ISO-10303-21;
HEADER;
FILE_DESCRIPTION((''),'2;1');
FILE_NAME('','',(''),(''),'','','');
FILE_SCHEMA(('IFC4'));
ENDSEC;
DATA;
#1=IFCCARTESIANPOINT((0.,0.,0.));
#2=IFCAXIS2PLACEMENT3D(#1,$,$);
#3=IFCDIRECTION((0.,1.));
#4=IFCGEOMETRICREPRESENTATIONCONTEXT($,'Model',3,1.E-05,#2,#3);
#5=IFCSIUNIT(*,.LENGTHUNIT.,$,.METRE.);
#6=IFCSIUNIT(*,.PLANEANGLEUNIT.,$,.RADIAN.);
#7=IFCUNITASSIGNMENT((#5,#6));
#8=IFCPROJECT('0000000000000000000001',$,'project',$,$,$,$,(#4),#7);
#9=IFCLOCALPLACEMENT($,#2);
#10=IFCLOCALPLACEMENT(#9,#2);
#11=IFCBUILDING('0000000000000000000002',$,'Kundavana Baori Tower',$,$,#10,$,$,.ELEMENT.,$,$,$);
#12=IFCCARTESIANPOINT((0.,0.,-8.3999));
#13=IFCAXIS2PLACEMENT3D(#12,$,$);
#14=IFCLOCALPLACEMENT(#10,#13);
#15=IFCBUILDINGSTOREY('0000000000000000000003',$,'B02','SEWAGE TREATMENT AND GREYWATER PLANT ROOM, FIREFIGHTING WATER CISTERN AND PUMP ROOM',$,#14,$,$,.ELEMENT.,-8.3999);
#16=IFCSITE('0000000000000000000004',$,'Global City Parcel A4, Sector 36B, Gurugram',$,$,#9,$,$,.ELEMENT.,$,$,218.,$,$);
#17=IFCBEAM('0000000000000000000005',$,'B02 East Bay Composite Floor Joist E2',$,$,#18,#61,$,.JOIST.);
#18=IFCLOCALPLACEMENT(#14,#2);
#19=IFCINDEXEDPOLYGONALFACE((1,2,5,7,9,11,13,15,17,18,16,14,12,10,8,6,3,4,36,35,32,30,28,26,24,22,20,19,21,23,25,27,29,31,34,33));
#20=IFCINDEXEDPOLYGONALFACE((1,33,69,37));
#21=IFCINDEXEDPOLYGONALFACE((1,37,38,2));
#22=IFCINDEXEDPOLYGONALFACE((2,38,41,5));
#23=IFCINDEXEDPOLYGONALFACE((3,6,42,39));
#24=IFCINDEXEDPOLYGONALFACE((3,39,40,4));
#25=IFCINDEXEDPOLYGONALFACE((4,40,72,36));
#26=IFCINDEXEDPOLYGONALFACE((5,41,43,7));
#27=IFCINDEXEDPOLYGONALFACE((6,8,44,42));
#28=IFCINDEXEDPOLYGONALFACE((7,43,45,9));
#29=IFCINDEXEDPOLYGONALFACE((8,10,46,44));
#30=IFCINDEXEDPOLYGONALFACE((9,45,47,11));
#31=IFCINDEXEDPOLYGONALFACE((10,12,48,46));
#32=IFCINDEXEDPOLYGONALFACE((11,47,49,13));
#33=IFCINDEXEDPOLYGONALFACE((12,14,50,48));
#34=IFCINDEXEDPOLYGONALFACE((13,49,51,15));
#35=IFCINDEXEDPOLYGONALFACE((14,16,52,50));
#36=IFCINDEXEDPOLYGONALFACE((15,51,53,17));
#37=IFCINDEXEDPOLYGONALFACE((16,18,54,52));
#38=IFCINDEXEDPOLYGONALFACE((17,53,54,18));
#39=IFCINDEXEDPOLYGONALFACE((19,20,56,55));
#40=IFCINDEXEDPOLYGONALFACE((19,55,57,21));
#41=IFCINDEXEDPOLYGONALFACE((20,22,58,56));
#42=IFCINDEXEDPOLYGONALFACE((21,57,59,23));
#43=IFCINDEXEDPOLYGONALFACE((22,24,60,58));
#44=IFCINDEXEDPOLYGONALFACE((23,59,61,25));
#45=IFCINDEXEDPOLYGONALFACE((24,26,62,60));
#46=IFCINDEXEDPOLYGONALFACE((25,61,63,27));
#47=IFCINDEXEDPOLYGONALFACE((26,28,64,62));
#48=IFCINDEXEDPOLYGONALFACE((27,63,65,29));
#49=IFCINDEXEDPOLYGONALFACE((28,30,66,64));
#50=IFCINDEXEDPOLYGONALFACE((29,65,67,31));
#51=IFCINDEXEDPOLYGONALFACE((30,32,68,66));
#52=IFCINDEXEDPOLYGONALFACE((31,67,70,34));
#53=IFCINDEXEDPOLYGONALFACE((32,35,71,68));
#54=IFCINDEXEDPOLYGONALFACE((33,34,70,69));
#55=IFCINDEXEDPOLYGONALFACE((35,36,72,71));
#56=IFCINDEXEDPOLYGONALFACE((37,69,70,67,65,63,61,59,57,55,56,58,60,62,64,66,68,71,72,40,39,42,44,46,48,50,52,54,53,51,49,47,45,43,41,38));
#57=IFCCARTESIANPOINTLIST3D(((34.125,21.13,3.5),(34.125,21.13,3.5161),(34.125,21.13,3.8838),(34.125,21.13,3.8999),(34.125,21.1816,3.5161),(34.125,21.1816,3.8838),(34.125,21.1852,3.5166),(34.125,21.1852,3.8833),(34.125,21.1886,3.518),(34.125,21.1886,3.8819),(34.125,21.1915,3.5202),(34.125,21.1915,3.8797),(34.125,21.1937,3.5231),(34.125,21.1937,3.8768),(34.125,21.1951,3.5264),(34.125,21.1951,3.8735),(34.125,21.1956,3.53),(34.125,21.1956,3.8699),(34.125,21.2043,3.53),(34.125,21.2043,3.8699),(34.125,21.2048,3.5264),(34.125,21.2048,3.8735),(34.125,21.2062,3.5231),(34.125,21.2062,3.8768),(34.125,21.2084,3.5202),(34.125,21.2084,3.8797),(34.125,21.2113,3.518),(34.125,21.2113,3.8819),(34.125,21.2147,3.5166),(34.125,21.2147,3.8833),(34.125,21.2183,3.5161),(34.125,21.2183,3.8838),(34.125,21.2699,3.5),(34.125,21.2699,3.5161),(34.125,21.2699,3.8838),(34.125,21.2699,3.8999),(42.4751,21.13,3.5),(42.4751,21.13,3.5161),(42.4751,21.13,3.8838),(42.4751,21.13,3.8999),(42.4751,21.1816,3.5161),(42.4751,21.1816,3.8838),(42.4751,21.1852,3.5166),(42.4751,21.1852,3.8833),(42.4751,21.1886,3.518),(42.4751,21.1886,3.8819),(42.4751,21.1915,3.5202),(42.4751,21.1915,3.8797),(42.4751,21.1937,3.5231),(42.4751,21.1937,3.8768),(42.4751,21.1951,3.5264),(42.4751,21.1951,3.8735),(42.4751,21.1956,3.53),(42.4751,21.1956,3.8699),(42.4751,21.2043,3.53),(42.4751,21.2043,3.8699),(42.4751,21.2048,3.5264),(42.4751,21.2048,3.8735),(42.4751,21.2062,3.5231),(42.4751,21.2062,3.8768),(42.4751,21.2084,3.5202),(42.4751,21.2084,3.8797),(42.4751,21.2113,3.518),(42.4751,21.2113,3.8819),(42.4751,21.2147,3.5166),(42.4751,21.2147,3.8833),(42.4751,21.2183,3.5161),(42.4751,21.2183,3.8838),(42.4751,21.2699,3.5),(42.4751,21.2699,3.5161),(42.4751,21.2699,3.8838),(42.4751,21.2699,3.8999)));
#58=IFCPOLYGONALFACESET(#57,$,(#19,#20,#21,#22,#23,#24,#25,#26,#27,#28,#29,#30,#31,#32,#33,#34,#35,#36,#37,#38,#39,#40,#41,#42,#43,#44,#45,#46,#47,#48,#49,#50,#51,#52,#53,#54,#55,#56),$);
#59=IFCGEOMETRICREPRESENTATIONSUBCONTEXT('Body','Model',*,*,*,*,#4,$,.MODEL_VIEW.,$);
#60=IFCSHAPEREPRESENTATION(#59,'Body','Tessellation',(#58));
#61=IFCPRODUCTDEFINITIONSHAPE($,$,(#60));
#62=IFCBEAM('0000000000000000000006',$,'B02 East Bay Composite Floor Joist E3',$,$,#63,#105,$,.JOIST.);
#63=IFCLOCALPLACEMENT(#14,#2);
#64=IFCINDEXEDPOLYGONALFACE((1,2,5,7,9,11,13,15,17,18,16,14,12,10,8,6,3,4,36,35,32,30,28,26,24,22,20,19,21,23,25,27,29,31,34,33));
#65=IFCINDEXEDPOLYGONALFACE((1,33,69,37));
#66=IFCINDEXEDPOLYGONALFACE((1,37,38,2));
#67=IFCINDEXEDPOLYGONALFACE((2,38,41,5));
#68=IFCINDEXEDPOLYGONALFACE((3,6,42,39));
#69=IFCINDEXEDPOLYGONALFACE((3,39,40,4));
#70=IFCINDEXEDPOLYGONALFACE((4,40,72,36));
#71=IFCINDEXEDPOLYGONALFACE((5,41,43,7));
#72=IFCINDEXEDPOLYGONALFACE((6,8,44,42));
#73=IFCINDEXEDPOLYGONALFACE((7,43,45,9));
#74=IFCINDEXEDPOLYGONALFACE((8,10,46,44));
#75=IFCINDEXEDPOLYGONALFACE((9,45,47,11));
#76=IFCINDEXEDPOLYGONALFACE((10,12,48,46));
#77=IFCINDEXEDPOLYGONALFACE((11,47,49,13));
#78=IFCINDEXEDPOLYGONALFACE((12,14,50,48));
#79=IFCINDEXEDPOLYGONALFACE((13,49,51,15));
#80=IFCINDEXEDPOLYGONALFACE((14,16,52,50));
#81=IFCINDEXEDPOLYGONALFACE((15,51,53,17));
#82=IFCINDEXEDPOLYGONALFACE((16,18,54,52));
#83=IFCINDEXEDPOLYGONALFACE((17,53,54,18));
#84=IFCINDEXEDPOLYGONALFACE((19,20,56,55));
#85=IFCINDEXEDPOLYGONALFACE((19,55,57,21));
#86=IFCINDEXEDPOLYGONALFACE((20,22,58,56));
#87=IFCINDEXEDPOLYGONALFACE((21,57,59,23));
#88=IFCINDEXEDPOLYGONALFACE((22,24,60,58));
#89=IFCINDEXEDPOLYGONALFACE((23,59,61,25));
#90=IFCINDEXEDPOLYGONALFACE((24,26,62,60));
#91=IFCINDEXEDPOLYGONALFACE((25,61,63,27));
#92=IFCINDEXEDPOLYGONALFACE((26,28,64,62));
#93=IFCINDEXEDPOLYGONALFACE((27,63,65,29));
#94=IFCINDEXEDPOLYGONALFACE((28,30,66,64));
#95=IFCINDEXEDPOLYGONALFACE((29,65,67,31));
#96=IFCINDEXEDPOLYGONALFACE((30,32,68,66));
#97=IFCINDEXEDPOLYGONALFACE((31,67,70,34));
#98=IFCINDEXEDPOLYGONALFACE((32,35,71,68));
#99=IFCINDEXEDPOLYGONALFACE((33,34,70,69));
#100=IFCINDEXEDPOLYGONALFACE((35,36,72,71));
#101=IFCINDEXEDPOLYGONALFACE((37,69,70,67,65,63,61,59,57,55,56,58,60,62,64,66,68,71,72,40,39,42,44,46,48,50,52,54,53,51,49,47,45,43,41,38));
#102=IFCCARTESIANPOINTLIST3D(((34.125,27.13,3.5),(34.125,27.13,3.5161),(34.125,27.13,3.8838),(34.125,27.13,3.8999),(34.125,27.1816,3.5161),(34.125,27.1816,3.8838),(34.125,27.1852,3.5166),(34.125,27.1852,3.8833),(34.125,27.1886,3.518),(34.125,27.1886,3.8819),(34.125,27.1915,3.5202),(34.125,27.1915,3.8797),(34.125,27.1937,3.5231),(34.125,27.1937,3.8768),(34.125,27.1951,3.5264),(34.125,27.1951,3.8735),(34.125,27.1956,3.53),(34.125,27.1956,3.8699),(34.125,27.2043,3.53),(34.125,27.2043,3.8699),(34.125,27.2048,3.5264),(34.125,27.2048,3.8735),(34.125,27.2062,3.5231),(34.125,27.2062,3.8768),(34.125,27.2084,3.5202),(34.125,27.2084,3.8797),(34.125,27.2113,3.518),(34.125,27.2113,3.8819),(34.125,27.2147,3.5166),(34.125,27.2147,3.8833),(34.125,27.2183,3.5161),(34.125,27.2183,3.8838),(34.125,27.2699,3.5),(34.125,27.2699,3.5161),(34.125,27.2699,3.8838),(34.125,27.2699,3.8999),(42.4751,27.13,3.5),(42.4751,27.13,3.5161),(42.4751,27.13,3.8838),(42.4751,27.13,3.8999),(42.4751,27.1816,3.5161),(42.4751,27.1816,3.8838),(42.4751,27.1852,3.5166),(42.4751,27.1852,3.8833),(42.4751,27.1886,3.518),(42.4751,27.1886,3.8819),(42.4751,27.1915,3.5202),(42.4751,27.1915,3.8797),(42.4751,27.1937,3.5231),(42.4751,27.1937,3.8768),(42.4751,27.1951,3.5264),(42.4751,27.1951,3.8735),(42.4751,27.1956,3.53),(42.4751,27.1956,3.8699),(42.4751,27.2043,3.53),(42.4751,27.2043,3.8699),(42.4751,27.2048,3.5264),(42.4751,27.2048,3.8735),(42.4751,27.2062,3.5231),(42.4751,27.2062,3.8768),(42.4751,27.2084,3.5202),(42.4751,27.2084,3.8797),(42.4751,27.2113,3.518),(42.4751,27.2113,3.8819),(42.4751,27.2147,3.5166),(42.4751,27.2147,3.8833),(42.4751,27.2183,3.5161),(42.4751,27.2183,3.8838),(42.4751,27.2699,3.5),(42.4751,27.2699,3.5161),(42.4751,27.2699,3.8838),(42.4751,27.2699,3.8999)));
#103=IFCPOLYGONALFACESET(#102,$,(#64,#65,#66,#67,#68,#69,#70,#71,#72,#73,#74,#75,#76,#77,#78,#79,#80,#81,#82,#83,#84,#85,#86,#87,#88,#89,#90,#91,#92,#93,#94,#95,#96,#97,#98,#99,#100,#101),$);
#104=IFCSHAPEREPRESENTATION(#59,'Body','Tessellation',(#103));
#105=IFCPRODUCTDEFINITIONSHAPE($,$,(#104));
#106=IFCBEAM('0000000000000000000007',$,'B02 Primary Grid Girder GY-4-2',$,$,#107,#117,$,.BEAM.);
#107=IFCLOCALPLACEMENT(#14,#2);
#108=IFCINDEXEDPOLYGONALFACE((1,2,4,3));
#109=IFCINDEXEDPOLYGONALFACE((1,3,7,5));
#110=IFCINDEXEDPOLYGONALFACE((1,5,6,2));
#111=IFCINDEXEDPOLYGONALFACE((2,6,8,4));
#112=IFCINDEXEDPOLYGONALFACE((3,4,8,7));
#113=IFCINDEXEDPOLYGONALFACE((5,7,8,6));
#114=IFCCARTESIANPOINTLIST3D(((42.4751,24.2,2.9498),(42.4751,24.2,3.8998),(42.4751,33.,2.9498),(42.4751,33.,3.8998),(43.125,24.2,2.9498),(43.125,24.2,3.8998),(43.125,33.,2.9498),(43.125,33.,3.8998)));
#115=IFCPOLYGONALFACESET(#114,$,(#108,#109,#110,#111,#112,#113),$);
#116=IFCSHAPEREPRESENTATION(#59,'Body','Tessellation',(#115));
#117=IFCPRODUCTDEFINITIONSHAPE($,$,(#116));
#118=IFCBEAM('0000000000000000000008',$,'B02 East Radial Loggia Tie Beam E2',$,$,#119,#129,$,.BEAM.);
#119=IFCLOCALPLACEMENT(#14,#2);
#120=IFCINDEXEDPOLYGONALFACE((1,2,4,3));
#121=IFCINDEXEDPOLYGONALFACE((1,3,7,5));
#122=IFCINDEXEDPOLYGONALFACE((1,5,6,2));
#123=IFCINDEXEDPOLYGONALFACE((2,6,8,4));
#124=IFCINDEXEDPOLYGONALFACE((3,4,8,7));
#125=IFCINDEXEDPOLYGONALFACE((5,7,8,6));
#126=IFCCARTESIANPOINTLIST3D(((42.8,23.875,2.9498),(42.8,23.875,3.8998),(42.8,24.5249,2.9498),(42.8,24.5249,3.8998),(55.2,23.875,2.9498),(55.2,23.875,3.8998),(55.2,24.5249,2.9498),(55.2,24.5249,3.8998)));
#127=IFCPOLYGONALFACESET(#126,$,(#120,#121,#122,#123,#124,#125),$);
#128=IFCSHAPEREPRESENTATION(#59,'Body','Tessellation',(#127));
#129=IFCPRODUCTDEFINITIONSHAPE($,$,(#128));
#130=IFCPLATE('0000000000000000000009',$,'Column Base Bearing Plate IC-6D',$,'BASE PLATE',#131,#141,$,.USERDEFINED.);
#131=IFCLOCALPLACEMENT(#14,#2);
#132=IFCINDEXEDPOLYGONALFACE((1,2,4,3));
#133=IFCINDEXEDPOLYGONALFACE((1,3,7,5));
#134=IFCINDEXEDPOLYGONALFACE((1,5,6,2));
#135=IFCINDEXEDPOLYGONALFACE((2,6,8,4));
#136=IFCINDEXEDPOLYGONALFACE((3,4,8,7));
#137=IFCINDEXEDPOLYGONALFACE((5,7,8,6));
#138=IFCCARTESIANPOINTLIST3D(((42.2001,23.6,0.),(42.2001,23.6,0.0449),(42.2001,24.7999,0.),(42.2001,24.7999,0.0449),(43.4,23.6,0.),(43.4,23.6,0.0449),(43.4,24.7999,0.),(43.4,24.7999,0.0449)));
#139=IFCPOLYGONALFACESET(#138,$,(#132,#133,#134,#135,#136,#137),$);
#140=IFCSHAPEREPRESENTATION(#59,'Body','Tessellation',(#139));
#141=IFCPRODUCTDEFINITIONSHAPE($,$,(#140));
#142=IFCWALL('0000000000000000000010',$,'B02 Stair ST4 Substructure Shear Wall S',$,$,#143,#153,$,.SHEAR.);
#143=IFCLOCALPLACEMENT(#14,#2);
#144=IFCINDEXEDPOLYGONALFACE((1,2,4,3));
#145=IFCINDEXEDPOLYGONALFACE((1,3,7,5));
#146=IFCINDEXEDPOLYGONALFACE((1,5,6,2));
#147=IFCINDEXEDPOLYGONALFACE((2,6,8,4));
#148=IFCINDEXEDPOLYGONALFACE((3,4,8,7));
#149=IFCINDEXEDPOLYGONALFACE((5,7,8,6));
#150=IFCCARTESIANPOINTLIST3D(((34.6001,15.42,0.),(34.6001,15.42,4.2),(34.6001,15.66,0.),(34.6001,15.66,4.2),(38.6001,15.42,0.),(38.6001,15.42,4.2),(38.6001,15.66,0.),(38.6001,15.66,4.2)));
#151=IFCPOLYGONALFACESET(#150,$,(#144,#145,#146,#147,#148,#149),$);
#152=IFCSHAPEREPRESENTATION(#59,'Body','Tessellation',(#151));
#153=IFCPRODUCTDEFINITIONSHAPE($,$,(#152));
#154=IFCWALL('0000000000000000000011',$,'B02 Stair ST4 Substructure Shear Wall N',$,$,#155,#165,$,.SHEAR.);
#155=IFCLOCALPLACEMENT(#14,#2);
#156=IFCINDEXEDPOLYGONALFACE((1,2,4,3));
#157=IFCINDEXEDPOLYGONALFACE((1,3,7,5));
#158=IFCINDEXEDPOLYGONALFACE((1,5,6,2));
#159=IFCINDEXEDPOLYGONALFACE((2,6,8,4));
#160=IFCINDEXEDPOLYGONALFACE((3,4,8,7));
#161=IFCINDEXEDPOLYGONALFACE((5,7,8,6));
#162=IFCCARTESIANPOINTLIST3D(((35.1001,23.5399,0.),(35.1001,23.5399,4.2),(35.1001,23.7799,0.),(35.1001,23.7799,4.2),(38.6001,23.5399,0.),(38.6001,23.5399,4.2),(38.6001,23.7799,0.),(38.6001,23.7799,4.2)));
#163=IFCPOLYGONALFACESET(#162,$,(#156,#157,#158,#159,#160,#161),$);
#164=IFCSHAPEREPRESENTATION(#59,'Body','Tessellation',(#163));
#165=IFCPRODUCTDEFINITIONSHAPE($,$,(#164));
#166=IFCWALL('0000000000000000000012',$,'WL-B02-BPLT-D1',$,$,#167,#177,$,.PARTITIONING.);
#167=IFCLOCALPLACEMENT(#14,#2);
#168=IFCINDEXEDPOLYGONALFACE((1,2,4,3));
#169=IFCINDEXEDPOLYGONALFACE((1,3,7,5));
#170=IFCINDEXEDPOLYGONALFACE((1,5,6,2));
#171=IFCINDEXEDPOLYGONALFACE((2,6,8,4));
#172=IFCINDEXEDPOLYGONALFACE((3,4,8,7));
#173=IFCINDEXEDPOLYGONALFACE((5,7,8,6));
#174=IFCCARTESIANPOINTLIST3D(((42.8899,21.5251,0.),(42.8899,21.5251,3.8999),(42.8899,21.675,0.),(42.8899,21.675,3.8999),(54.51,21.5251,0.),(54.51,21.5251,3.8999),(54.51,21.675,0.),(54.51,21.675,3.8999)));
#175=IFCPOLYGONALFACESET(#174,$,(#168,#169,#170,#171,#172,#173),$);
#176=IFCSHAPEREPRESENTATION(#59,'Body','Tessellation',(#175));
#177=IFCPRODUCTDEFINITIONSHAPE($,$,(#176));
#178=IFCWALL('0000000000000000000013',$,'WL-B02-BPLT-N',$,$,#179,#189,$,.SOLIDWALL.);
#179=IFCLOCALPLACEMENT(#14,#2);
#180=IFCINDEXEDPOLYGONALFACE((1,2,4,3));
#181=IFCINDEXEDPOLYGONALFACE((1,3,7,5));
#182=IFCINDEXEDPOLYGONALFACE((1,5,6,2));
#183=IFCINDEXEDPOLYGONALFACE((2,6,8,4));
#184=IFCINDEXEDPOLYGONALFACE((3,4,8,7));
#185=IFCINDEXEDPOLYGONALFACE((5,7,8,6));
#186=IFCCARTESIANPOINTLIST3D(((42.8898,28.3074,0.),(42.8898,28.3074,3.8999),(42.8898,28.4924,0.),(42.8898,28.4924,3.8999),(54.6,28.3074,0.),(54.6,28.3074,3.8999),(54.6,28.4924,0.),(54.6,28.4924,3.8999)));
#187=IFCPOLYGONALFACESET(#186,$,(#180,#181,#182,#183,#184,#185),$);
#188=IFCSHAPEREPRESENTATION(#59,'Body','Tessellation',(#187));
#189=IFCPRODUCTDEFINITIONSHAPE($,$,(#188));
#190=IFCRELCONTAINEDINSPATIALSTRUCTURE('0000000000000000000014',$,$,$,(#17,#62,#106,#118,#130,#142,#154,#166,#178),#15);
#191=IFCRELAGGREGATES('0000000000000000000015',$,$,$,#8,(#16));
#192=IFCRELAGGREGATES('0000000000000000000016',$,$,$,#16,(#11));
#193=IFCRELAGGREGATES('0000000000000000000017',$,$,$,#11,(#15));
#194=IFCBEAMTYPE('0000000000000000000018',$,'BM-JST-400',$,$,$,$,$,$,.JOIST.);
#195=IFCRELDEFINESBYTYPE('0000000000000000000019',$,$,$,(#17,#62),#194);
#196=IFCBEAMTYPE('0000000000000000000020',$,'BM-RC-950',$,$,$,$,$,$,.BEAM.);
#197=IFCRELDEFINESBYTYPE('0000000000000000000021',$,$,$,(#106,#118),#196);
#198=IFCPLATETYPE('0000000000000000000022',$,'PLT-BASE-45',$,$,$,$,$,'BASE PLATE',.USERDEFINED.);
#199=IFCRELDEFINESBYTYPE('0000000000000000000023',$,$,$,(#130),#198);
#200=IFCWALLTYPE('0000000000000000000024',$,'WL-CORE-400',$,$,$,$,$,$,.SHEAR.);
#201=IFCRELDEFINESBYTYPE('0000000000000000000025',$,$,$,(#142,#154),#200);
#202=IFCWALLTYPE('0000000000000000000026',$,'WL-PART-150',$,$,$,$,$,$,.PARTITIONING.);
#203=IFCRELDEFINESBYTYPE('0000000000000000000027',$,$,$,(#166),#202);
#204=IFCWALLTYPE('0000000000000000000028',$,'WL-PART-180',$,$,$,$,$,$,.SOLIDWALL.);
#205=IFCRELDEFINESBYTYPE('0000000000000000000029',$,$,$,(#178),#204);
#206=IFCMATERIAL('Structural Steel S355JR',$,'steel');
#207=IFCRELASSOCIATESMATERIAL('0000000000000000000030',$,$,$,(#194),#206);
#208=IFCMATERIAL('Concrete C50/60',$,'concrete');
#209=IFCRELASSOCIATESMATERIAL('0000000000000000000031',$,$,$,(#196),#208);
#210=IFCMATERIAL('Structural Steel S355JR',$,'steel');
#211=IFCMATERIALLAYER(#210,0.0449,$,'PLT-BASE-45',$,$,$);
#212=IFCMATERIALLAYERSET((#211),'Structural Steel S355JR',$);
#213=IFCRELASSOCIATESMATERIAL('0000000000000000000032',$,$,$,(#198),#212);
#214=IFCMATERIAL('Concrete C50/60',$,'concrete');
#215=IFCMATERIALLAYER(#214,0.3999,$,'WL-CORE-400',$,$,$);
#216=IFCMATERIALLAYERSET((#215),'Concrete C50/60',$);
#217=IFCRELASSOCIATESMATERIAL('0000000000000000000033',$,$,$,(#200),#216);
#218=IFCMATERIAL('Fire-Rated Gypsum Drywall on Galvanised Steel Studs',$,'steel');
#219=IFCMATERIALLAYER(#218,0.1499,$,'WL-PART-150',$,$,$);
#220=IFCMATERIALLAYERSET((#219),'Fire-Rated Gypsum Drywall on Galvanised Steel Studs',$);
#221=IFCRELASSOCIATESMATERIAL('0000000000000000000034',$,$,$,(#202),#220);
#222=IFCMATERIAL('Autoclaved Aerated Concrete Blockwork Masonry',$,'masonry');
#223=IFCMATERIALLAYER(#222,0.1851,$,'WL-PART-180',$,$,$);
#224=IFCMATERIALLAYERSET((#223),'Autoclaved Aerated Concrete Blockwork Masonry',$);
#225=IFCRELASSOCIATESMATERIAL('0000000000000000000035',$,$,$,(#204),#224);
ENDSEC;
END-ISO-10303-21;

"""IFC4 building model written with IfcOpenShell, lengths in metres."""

from ifc_helpers import new_model, si_unit, direction, frame, frame_2d, origin, origin_2d, place, context, subcontext, project, spatial, rectangle, i_section, extrude, material, layer, layer_set, material_profile, profile_set, type_object, element, save


model = new_model("IFC4")

# Units and contexts
model_context = context("Model", 3, precision=1e-05, world=origin(), true_north=direction((0.0, 1.0)))
body_context = subcontext(model_context, "Body", "Model", "MODEL_VIEW")
ifc_project = project(units=[si_unit("LENGTHUNIT", "METRE"), si_unit("PLANEANGLEUNIT", "RADIAN")], contexts=[model_context])

# Site, building, storey
site_placement = place(None, origin())
site = spatial("IfcSite", under=ifc_project, at=site_placement, Name="Global City Parcel A4, Sector 36B, Gurugram", CompositionType="ELEMENT", RefElevation=218.0)
building_placement = place(site_placement, origin())
building = spatial("IfcBuilding", under=site, at=building_placement, Name="Kundavana Baori Tower", CompositionType="ELEMENT")
storey_placement = place(building_placement, frame((0.0, 0.0, -8.3999)))
storey = spatial("IfcBuildingStorey", under=building, at=storey_placement, Name="B02", Description="SEWAGE TREATMENT AND GREYWATER PLANT ROOM, FIREFIGHTING WATER CISTERN AND PUMP ROOM", CompositionType="ELEMENT", Elevation=-8.3999)

# Beams
ifc_material_1 = material(Name="Structural Steel S355JR", Category="steel")
ifc_material_profile_1 = material_profile(ifc_material_1, i_section(OverallWidth=0.1399, OverallDepth=0.3999, WebThickness=0.0088, FlangeThickness=0.0161, FilletRadius=0.0139, at=origin_2d()), Name="ISMB 400")
ifc_profile_set_1 = profile_set([ifc_material_profile_1], Name="Structural Steel S355JR")
beam_type_1 = type_object("IfcBeamType", Name="BM-JST-400", PredefinedType="JOIST", material=ifc_profile_set_1)
for number, where, z_axis, x_axis, name in (
    (1, (34.125, 21.2, 3.7), (1.0, 0.0, 0.0), (0.0, 1.0, 0.0), "B02 East Bay Composite Floor Joist E2"),
    (2, (34.125, 27.2, 3.7), (1.0, 0.0, 0.0), (0.0, 1.0, 0.0), "B02 East Bay Composite Floor Joist E3"),
):
    element("IfcBeam", number, at=place(storey_placement, frame(where, z_axis=z_axis, x_axis=x_axis)), inside=storey, type_object=beam_type_1, Name=name, PredefinedType="JOIST", context=body_context, shape_type="SweptSolid", body=[
        extrude(i_section(OverallWidth=0.1399, OverallDepth=0.3999, WebThickness=0.0088, FlangeThickness=0.0161, FilletRadius=0.0139, at=origin_2d()), origin(), (0.0, 0.0, 1.0), 8.3501),
    ])
ifc_material_2 = material(Name="Concrete C50/60", Category="concrete")
ifc_material_profile_2 = material_profile(ifc_material_2, rectangle(XDim=0.6499, YDim=0.95, at=origin_2d()), Name="RC BM 650x950")
ifc_profile_set_2 = profile_set([ifc_material_profile_2], Name="Concrete C50/60")
beam_type_2 = type_object("IfcBeamType", Name="BM-RC-950", PredefinedType="BEAM", material=ifc_profile_set_2)
beam_1_placement = place(storey_placement, frame((42.8, 24.2, 3.4248), z_axis=(0.0, 1.0, 0.0), x_axis=(-1.0, 0.0, 0.0)))
element("IfcBeam", 3, at=beam_1_placement, inside=storey, type_object=beam_type_2, Name="B02 Primary Grid Girder GY-4-2", PredefinedType="BEAM", context=body_context, shape_type="SweptSolid", body=[
    extrude(rectangle(XDim=0.6499, YDim=0.95, at=origin_2d()), origin(), (0.0, 0.0, 1.0), 8.8),
])
beam_2_placement = place(storey_placement, frame((42.8, 24.2, 3.4248), z_axis=(1.0, 0.0, 0.0), x_axis=(0.0, 1.0, 0.0)))
element("IfcBeam", 4, at=beam_2_placement, inside=storey, type_object=beam_type_2, Name="B02 East Radial Loggia Tie Beam E2", PredefinedType="BEAM", context=body_context, shape_type="SweptSolid", body=[
    extrude(rectangle(XDim=0.6499, YDim=0.95, at=origin_2d()), origin(), (0.0, 0.0, 1.0), 12.3999),
])

# Plate
ifc_material_3 = material(Name="Structural Steel S355JR", Category="steel")
ifc_layer_1 = layer(ifc_material_3, 0.0449, Name="PLT-BASE-45")
ifc_layer_set_1 = layer_set([ifc_layer_1], Name="Structural Steel S355JR")
plate_type = type_object("IfcPlateType", Name="PLT-BASE-45", ElementType="BASE PLATE", PredefinedType="USERDEFINED", material=ifc_layer_set_1)
plate_placement = place(storey_placement, frame((42.8, 24.2, 0.0), z_axis=(0.0, 0.0, 1.0), x_axis=(1.0, 0.0, 0.0)))
element("IfcPlate", 5, at=plate_placement, inside=storey, type_object=plate_type, Name="Column Base Bearing Plate IC-6D", ObjectType="BASE PLATE", PredefinedType="USERDEFINED", context=body_context, shape_type="SweptSolid", body=[
    extrude(rectangle(XDim=1.2, YDim=1.2, at=origin_2d()), origin(), (0.0, 0.0, 1.0), 0.0449),
])

# Walls
ifc_material_4 = material(Name="Concrete C50/60", Category="concrete")
ifc_layer_2 = layer(ifc_material_4, 0.3999, Name="WL-CORE-400")
ifc_layer_set_2 = layer_set([ifc_layer_2], Name="Concrete C50/60")
wall_type_1 = type_object("IfcWallType", Name="WL-CORE-400", PredefinedType="SHEAR", material=ifc_layer_set_2)
wall_1_placement = place(storey_placement, frame((34.6001, 15.54, 0.0), z_axis=(0.0, 0.0, 1.0), x_axis=(1.0, 0.0, 0.0)))
element("IfcWall", 6, at=wall_1_placement, inside=storey, type_object=wall_type_1, Name="B02 Stair ST4 Substructure Shear Wall S", PredefinedType="SHEAR", context=body_context, shape_type="SweptSolid", body=[
    extrude(rectangle(XDim=4.0, YDim=0.24, at=frame_2d((2.0, 0.0))), origin(), (0.0, 0.0, 1.0), 4.2),
])
wall_2_placement = place(storey_placement, frame((35.1001, 23.6599, 0.0), z_axis=(0.0, 0.0, 1.0), x_axis=(1.0, 0.0, 0.0)))
element("IfcWall", 7, at=wall_2_placement, inside=storey, type_object=wall_type_1, Name="B02 Stair ST4 Substructure Shear Wall N", PredefinedType="SHEAR", context=body_context, shape_type="SweptSolid", body=[
    extrude(rectangle(XDim=3.5, YDim=0.24, at=frame_2d((1.75, 0.0))), origin(), (0.0, 0.0, 1.0), 4.2),
])
ifc_material_5 = material(Name="Fire-Rated Gypsum Drywall on Galvanised Steel Studs", Category="steel")
ifc_layer_3 = layer(ifc_material_5, 0.1499, Name="WL-PART-150")
ifc_layer_set_3 = layer_set([ifc_layer_3], Name="Fire-Rated Gypsum Drywall on Galvanised Steel Studs")
wall_type_2 = type_object("IfcWallType", Name="WL-PART-150", PredefinedType="PARTITIONING", material=ifc_layer_set_3)
wall_3_placement = place(storey_placement, frame((42.8899, 21.6001, 0.0), z_axis=(0.0, 0.0, 1.0), x_axis=(1.0, 0.0, 0.0)))
element("IfcWall", 8, at=wall_3_placement, inside=storey, type_object=wall_type_2, Name="WL-B02-BPLT-D1", PredefinedType="PARTITIONING", context=body_context, shape_type="SweptSolid", body=[
    extrude(rectangle(XDim=11.6201, YDim=0.1499, at=frame_2d((5.8101, 0.0))), origin(), (0.0, 0.0, 1.0), 3.8999),
])
ifc_material_6 = material(Name="Autoclaved Aerated Concrete Blockwork Masonry", Category="masonry")
ifc_layer_4 = layer(ifc_material_6, 0.1851, Name="WL-PART-180")
ifc_layer_set_4 = layer_set([ifc_layer_4], Name="Autoclaved Aerated Concrete Blockwork Masonry")
wall_type_3 = type_object("IfcWallType", Name="WL-PART-180", PredefinedType="SOLIDWALL", material=ifc_layer_set_4)
wall_4_placement = place(storey_placement, frame((42.8899, 28.3999, 0.0), z_axis=(0.0, 0.0, 1.0), x_axis=(1.0, 0.0, 0.0)))
element("IfcWall", 9, at=wall_4_placement, inside=storey, type_object=wall_type_3, Name="WL-B02-BPLT-N", PredefinedType="SOLIDWALL", context=body_context, shape_type="SweptSolid", body=[
    extrude(rectangle(XDim=11.7102, YDim=0.1851, at=frame_2d((5.855, 0.0))), origin(), (0.0, 0.0, 1.0), 3.8999),
])

save(model, "model.ifc")
